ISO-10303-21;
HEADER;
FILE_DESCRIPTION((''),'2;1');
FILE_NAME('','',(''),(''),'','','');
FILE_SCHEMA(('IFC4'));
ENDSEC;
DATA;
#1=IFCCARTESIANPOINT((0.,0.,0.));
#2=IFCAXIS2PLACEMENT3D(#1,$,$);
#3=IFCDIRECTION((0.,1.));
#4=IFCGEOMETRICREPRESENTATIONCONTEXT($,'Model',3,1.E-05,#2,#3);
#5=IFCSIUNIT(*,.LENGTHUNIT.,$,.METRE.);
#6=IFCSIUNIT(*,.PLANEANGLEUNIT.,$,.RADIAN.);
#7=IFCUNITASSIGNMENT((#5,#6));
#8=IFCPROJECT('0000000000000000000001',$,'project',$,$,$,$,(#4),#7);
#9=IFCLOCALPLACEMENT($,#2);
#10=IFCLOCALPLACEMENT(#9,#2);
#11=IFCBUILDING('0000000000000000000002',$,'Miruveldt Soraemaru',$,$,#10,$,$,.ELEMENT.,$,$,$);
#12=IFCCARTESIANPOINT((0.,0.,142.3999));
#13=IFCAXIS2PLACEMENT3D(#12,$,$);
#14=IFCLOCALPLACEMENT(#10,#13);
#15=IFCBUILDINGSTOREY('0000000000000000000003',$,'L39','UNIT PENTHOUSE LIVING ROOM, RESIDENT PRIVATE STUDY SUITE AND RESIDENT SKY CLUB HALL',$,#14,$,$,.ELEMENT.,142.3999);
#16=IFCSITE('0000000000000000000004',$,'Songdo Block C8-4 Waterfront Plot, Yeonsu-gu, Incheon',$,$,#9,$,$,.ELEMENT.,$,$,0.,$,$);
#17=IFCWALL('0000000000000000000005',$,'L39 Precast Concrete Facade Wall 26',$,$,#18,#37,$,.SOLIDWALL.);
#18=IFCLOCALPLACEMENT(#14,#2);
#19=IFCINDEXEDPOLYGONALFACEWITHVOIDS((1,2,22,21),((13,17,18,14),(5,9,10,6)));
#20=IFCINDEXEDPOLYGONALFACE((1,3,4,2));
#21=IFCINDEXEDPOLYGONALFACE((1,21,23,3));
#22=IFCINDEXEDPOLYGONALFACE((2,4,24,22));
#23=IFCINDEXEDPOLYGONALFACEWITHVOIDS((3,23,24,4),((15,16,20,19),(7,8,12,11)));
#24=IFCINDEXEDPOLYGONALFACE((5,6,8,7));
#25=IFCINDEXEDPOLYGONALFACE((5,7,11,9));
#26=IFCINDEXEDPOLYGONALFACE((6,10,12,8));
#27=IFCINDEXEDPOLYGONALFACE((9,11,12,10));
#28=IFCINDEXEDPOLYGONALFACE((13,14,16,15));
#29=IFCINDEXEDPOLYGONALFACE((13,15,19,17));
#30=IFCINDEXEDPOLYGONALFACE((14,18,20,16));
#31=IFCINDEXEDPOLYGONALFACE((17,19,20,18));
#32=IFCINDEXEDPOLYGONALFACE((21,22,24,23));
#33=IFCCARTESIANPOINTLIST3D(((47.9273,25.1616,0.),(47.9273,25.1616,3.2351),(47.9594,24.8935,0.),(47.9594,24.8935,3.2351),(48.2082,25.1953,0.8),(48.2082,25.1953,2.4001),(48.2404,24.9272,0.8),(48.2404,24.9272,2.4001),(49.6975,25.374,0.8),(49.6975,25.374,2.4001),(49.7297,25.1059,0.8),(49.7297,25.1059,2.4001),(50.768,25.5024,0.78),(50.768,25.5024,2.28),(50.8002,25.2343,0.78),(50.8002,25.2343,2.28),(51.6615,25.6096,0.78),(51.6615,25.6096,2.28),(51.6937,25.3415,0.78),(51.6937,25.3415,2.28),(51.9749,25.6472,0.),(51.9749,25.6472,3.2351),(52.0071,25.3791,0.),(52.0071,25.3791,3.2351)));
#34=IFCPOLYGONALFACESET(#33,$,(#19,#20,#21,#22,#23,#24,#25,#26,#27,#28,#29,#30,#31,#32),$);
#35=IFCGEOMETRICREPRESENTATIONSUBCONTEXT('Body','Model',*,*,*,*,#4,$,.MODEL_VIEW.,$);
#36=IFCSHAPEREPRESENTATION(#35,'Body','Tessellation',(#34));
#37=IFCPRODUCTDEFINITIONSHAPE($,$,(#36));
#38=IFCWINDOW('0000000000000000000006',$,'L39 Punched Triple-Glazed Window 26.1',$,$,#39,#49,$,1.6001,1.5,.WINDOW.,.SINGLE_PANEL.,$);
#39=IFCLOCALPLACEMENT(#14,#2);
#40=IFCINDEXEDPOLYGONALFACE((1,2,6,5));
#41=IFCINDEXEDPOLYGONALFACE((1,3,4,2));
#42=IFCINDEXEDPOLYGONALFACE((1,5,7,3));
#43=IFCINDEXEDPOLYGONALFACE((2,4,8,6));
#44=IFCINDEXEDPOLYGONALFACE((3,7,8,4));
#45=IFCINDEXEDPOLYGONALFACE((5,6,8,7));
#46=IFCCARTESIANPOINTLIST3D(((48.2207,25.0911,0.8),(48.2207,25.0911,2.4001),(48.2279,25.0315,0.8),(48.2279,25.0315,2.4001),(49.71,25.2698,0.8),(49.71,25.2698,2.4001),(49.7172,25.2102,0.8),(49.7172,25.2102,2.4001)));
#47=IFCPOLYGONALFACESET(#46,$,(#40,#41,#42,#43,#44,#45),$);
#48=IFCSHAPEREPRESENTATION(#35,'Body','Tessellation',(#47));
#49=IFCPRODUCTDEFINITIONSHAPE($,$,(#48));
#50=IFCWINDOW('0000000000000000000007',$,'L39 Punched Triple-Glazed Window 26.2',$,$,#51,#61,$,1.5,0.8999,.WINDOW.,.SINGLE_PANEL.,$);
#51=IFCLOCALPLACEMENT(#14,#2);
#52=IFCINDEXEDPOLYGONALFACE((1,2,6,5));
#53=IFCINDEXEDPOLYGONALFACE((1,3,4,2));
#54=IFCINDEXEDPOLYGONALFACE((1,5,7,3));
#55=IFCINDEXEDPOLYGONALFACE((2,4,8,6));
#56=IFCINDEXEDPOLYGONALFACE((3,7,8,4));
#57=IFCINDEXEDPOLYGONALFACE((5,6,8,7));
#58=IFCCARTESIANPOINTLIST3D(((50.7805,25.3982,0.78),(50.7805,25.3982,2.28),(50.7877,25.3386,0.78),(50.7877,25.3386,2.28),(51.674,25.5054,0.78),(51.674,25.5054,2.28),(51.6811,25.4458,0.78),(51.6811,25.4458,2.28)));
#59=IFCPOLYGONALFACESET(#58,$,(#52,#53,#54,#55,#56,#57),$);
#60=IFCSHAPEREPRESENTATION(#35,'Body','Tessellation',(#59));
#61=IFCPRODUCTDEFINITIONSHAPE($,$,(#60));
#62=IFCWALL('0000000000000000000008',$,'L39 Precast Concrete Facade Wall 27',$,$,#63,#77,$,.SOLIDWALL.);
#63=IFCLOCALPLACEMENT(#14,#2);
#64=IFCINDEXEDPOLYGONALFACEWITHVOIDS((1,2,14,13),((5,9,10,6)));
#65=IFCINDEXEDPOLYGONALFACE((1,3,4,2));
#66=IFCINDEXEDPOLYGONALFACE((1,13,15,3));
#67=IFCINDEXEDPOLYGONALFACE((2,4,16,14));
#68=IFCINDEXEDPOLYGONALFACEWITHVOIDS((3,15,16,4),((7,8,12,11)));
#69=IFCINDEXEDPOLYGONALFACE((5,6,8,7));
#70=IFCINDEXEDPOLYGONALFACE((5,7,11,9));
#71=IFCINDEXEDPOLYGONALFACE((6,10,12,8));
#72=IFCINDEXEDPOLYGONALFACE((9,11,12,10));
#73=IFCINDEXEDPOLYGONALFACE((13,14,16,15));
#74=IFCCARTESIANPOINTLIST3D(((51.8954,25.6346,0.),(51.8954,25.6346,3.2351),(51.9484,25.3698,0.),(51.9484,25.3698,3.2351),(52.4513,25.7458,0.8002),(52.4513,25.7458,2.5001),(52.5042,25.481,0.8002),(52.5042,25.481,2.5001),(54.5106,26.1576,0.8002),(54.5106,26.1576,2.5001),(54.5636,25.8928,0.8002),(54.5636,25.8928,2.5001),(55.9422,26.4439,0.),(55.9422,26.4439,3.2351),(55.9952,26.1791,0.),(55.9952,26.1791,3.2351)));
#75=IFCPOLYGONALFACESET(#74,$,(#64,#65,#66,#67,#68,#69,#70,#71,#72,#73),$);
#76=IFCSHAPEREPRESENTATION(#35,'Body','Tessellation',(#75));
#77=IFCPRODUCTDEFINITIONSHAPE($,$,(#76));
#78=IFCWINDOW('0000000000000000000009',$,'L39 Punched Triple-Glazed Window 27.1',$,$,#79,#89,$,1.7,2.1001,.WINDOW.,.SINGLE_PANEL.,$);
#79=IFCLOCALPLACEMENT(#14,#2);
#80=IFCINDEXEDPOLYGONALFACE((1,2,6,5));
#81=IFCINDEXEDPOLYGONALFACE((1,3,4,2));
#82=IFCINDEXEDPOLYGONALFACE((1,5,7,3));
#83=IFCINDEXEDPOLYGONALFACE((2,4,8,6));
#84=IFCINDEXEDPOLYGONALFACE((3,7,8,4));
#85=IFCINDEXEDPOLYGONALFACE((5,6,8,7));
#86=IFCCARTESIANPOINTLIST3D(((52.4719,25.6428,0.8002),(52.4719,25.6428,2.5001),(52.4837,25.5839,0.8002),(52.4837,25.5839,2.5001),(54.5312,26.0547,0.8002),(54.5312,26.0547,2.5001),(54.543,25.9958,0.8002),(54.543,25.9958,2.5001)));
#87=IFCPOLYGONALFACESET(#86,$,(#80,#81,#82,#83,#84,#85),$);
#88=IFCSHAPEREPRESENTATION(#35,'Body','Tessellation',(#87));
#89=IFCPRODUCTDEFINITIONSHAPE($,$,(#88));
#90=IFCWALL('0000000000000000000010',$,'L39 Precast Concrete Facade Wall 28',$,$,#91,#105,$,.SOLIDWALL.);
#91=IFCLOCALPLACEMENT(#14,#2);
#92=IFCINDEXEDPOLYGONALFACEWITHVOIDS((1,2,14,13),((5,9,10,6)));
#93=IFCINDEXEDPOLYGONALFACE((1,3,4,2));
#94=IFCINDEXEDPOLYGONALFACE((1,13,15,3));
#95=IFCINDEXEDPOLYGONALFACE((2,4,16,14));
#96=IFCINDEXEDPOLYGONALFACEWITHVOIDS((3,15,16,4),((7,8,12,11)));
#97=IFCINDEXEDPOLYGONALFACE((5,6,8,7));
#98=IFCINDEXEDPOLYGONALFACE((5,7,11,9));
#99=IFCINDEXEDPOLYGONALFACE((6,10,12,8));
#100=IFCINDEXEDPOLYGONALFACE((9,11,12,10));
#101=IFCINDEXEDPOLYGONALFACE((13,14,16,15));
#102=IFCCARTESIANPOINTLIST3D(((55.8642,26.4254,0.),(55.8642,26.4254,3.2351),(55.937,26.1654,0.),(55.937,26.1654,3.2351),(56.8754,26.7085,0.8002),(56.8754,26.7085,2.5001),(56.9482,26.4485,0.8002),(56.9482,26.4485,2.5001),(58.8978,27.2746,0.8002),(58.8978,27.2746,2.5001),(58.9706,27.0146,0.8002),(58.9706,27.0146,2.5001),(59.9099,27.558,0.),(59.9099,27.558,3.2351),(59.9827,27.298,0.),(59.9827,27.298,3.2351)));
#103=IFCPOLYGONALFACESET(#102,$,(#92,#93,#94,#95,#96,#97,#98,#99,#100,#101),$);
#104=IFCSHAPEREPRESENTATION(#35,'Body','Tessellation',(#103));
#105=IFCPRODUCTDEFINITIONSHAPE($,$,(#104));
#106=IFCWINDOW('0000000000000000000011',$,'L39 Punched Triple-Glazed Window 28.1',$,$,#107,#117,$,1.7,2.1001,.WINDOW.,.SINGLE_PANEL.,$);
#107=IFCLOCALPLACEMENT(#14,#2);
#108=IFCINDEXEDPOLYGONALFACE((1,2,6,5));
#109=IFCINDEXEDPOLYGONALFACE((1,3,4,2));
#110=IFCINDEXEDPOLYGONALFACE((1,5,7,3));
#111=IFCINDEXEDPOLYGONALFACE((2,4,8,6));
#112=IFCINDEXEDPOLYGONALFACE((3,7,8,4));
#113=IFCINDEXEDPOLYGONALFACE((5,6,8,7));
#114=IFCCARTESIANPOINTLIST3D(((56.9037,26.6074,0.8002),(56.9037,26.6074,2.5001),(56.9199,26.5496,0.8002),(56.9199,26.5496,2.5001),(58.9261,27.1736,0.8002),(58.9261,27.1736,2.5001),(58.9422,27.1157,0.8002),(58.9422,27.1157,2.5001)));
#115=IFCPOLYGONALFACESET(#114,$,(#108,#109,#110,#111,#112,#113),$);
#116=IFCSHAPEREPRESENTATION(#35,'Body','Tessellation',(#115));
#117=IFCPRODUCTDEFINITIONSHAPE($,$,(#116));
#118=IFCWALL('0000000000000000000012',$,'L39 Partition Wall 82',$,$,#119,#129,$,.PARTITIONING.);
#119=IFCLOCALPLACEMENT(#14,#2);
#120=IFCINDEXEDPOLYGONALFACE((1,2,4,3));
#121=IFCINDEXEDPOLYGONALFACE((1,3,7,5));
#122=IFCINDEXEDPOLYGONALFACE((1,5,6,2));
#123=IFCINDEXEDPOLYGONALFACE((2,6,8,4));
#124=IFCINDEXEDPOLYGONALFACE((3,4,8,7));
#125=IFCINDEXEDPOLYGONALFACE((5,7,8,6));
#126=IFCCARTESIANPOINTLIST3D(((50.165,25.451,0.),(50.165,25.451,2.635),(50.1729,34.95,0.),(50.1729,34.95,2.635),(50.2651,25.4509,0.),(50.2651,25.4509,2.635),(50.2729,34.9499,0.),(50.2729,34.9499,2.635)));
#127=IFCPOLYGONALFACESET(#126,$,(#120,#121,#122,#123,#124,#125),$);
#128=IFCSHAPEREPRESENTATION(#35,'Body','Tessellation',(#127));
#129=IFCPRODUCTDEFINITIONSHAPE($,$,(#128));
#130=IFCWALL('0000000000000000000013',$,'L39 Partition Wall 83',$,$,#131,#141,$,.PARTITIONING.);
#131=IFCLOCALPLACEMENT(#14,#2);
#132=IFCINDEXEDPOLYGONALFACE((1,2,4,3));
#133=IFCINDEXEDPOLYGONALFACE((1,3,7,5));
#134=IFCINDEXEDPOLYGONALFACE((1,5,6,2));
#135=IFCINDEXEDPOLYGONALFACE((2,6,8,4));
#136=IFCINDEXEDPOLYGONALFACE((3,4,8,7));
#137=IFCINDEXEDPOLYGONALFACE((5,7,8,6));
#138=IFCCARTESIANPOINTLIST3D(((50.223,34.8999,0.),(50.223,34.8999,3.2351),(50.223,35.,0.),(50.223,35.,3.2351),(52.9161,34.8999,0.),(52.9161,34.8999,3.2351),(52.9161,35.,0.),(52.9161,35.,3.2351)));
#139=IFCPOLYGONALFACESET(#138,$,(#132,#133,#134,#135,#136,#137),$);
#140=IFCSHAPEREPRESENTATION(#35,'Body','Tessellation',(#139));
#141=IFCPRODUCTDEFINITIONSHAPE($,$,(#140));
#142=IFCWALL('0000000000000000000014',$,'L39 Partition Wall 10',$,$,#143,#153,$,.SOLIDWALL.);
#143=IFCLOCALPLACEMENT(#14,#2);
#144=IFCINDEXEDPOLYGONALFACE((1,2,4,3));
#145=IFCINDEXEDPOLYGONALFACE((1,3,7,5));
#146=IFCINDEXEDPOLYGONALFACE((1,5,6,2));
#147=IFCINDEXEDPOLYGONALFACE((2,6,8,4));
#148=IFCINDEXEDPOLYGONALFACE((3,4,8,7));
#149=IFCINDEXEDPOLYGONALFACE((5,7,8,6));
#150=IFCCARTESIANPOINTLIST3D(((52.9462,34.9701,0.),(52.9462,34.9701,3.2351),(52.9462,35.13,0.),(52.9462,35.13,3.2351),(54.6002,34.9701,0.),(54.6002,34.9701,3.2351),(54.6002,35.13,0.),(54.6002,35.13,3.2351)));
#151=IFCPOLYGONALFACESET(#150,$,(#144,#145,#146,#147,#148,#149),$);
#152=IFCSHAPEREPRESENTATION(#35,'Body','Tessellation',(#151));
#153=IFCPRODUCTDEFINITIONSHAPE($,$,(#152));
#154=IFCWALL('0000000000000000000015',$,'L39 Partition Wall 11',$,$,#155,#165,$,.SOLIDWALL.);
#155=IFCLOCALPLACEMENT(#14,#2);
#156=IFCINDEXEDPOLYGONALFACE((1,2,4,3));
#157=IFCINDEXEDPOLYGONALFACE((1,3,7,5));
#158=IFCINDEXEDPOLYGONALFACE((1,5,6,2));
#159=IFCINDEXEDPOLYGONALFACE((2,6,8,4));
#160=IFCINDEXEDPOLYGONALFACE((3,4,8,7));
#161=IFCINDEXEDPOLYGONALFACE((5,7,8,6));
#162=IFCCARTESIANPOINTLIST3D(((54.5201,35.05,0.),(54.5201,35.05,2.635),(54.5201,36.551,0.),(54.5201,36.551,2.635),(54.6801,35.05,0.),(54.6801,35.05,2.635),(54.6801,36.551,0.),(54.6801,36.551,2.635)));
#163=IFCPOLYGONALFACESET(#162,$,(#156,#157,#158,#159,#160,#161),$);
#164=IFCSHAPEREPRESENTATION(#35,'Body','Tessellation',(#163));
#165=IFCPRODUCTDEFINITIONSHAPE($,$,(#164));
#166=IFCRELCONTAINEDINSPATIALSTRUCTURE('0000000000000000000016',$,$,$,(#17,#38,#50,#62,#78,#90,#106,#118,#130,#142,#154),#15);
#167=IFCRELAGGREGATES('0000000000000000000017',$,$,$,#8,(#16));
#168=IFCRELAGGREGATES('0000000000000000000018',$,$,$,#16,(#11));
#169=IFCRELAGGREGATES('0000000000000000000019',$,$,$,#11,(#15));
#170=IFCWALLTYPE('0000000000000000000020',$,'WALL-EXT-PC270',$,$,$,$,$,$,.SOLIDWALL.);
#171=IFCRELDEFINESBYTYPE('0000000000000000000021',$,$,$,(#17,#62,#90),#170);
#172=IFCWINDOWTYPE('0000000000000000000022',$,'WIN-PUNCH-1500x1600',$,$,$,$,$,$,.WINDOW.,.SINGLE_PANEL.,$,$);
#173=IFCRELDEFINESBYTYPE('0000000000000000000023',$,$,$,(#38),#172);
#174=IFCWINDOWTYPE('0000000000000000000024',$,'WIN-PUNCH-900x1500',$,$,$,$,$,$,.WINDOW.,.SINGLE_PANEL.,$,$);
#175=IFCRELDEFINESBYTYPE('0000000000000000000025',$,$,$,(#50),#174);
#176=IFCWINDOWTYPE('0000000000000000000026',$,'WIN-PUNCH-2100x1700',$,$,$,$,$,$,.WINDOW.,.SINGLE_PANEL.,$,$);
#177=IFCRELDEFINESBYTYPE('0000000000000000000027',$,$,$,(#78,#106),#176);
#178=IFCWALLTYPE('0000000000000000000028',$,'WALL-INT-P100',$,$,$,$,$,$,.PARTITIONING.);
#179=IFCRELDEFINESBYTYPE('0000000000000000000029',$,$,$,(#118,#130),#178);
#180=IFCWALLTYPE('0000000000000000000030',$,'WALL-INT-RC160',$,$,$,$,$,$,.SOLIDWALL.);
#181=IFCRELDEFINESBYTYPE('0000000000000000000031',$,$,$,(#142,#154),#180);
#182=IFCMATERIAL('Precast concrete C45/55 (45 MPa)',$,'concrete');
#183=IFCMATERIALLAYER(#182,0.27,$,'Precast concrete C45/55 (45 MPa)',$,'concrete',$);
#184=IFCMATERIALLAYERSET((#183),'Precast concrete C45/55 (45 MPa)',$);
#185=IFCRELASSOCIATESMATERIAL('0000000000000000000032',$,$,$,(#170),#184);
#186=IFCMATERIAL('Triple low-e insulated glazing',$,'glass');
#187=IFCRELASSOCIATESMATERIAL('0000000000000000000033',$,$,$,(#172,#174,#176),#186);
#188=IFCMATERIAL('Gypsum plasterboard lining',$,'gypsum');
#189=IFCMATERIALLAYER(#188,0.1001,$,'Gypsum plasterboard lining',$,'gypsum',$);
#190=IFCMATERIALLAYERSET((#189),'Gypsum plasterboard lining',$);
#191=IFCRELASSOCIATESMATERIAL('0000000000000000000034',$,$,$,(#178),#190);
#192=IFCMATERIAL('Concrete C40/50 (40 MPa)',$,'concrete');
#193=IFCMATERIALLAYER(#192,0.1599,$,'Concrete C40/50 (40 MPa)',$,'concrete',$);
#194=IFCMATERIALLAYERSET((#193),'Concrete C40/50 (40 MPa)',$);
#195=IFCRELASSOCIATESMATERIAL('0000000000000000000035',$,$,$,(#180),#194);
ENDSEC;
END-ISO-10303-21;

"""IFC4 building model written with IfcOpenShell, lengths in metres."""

from ifc_helpers import new_model, si_unit, direction, frame, frame_2d, origin, place, context, subcontext, project, spatial, rectangle, extrude, material, layer, layer_set, type_object, element, fill, save


model = new_model("IFC4")

# Units and contexts
model_context = context("Model", 3, precision=1e-05, world=origin(), true_north=direction((0.0, 1.0)))
body_context = subcontext(model_context, "Body", "Model", "MODEL_VIEW")
ifc_project = project(units=[si_unit("LENGTHUNIT", "METRE"), si_unit("PLANEANGLEUNIT", "RADIAN")], contexts=[model_context])

# Site, building, storey
site_placement = place(None, origin())
site = spatial("IfcSite", under=ifc_project, at=site_placement, Name="Songdo Block C8-4 Waterfront Plot, Yeonsu-gu, Incheon", CompositionType="ELEMENT", RefElevation=0.0)
building_placement = place(site_placement, origin())
building = spatial("IfcBuilding", under=site, at=building_placement, Name="Miruveldt Soraemaru", CompositionType="ELEMENT")
storey_placement = place(building_placement, frame((0.0, 0.0, 142.3999)))
storey = spatial("IfcBuildingStorey", under=building, at=storey_placement, Name="L39", Description="UNIT PENTHOUSE LIVING ROOM, RESIDENT PRIVATE STUDY SUITE AND RESIDENT SKY CLUB HALL", CompositionType="ELEMENT", Elevation=142.3999)

# Wall, openings, windows
ifc_material_1 = material(Name="Precast concrete C45/55 (45 MPa)", Category="concrete")
ifc_layer_1 = layer(ifc_material_1, 0.27, Name="Precast concrete C45/55 (45 MPa)", Category="concrete")
ifc_layer_set_1 = layer_set([ifc_layer_1], Name="Precast concrete C45/55 (45 MPa)")
wall_type_1 = type_object("IfcWallType", Name="WALL-EXT-PC270", PredefinedType="SOLIDWALL", material=ifc_layer_set_1)
wall_1_placement = place(storey_placement, frame((47.9434, 25.0276, 0.0), z_axis=(0.0, 0.0, 1.0), x_axis=(0.99288, 0.119117, 0.0)))
wall_1 = element("IfcWall", 1, at=wall_1_placement, inside=storey, type_object=wall_type_1, Name="L39 Precast Concrete Facade Wall 26", PredefinedType="SOLIDWALL", context=body_context, shape_type="SweptSolid", body=[
    extrude(rectangle(XDim=4.0767, YDim=0.27, at=frame_2d((2.0383, 0.0))), origin(), (0.0, 0.0, 1.0), 3.2351),
])
opening_1_placement = place(wall_1_placement, frame((0.283, 0.0, 0.8)))
opening_1 = element("IfcOpeningElement", 2, at=opening_1_placement, cuts=wall_1, PredefinedType="OPENING", context=body_context, shape_type="SweptSolid", body=[
    extrude(rectangle(XDim=1.5, YDim=1.6001, at=frame_2d((0.75, 0.8))), frame((0.0, 0.145, 0.0), z_axis=(0.0, -1.0, 0.0), x_axis=(1.0, 0.0, 0.0)), (0.0, 0.0, 1.0), 0.29),
])
opening_2_placement = place(wall_1_placement, frame((2.8611, 0.0, 0.78)))
opening_2 = element("IfcOpeningElement", 3, at=opening_2_placement, cuts=wall_1, PredefinedType="OPENING", context=body_context, shape_type="SweptSolid", body=[
    extrude(rectangle(XDim=0.8999, YDim=1.5, at=frame_2d((0.45, 0.75))), frame((0.0, 0.145, 0.0), z_axis=(0.0, -1.0, 0.0), x_axis=(1.0, 0.0, 0.0)), (0.0, 0.0, 1.0), 0.29),
])
ifc_material_2 = material(Name="Triple low-e insulated glazing", Category="glass")
window_type_1 = type_object("IfcWindowType", Name="WIN-PUNCH-1500x1600", PartitioningType="SINGLE_PANEL", PredefinedType="WINDOW", material=ifc_material_2)
window_1_placement = place(opening_1_placement, origin())
window_1 = element("IfcWindow", 4, at=window_1_placement, inside=storey, type_object=window_type_1, Name="L39 Punched Triple-Glazed Window 26.1", OverallHeight=1.6001, OverallWidth=1.5, PartitioningType="SINGLE_PANEL", PredefinedType="WINDOW", context=body_context, shape_type="SweptSolid", body=[
    extrude(rectangle(XDim=1.5, YDim=1.6001, at=frame_2d((0.75, 0.8))), frame((0.0, 0.03, 0.0), z_axis=(0.0, -1.0, 0.0), x_axis=(1.0, 0.0, 0.0)), (0.0, 0.0, 1.0), 0.0601),
])
fill(opening_1, window_1)
window_type_2 = type_object("IfcWindowType", Name="WIN-PUNCH-900x1500", PartitioningType="SINGLE_PANEL", PredefinedType="WINDOW", material=ifc_material_2)
window_2_placement = place(opening_2_placement, origin())
window_2 = element("IfcWindow", 5, at=window_2_placement, inside=storey, type_object=window_type_2, Name="L39 Punched Triple-Glazed Window 26.2", OverallHeight=1.5, OverallWidth=0.8999, PartitioningType="SINGLE_PANEL", PredefinedType="WINDOW", context=body_context, shape_type="SweptSolid", body=[
    extrude(rectangle(XDim=0.8999, YDim=1.5, at=frame_2d((0.45, 0.75))), frame((0.0, 0.03, 0.0), z_axis=(0.0, -1.0, 0.0), x_axis=(1.0, 0.0, 0.0)), (0.0, 0.0, 1.0), 0.0601),
])
fill(opening_2, window_2)

# Walls, openings, windows
wall_2_placement = place(storey_placement, frame((51.9219, 25.5022, 0.0), z_axis=(0.0, 0.0, 1.0), x_axis=(0.980583, 0.196105, 0.0)))
wall_2 = element("IfcWall", 6, at=wall_2_placement, inside=storey, type_object=wall_type_1, Name="L39 Precast Concrete Facade Wall 27", PredefinedType="SOLIDWALL", context=body_context, shape_type="SweptSolid", body=[
    extrude(rectangle(XDim=4.127, YDim=0.27, at=frame_2d((2.0635, 0.0))), origin(), (0.0, 0.0, 1.0), 3.2351),
])
opening_3_placement = place(wall_2_placement, frame((0.5669, 0.0, 0.8)))
opening_3 = element("IfcOpeningElement", 7, at=opening_3_placement, cuts=wall_2, PredefinedType="OPENING", context=body_context, shape_type="SweptSolid", body=[
    extrude(rectangle(XDim=2.1001, YDim=1.7, at=frame_2d((1.05, 0.8501))), frame((0.0, 0.145, 0.0), z_axis=(0.0, -1.0, 0.0), x_axis=(1.0, 0.0, 0.0)), (0.0, 0.0, 1.0), 0.29),
])
window_type_3 = type_object("IfcWindowType", Name="WIN-PUNCH-2100x1700", PartitioningType="SINGLE_PANEL", PredefinedType="WINDOW", material=ifc_material_2)
window_3_placement = place(opening_3_placement, origin())
window_3 = element("IfcWindow", 8, at=window_3_placement, inside=storey, type_object=window_type_3, Name="L39 Punched Triple-Glazed Window 27.1", OverallHeight=1.7, OverallWidth=2.1001, PartitioningType="SINGLE_PANEL", PredefinedType="WINDOW", context=body_context, shape_type="SweptSolid", body=[
    extrude(rectangle(XDim=2.1001, YDim=1.7, at=frame_2d((1.05, 0.8501))), frame((0.0, 0.03, 0.0), z_axis=(0.0, -1.0, 0.0), x_axis=(1.0, 0.0, 0.0)), (0.0, 0.0, 1.0), 0.0601),
])
fill(opening_3, window_3)
wall_3_placement = place(storey_placement, frame((55.9006, 26.2954, 0.0), z_axis=(0.0, 0.0, 1.0), x_axis=(0.962977, 0.269583, 0.0)))
wall_3 = element("IfcWall", 9, at=wall_3_placement, inside=storey, type_object=wall_type_1, Name="L39 Precast Concrete Facade Wall 28", PredefinedType="SOLIDWALL", context=body_context, shape_type="SweptSolid", body=[
    extrude(rectangle(XDim=4.2012, YDim=0.27, at=frame_2d((2.1006, 0.0))), origin(), (0.0, 0.0, 1.0), 3.2351),
])
opening_4_placement = place(wall_3_placement, frame((1.05, 0.0, 0.8)))
opening_4 = element("IfcOpeningElement", 10, at=opening_4_placement, cuts=wall_3, PredefinedType="OPENING", context=body_context, shape_type="SweptSolid", body=[
    extrude(rectangle(XDim=2.1001, YDim=1.7, at=frame_2d((1.05, 0.8501))), frame((0.0, 0.145, 0.0), z_axis=(0.0, -1.0, 0.0), x_axis=(1.0, 0.0, 0.0)), (0.0, 0.0, 1.0), 0.29),
])
window_4_placement = place(opening_4_placement, origin())
window_4 = element("IfcWindow", 11, at=window_4_placement, inside=storey, type_object=window_type_3, Name="L39 Punched Triple-Glazed Window 28.1", OverallHeight=1.7, OverallWidth=2.1001, PartitioningType="SINGLE_PANEL", PredefinedType="WINDOW", context=body_context, shape_type="SweptSolid", body=[
    extrude(rectangle(XDim=2.1001, YDim=1.7, at=frame_2d((1.05, 0.8501))), frame((0.0, 0.03, 0.0), z_axis=(0.0, -1.0, 0.0), x_axis=(1.0, 0.0, 0.0)), (0.0, 0.0, 1.0), 0.0601),
])
fill(opening_4, window_4)

# Walls
ifc_material_3 = material(Name="Gypsum plasterboard lining", Category="gypsum")
ifc_layer_2 = layer(ifc_material_3, 0.1001, Name="Gypsum plasterboard lining", Category="gypsum")
ifc_layer_set_2 = layer_set([ifc_layer_2], Name="Gypsum plasterboard lining")
wall_type_2 = type_object("IfcWallType", Name="WALL-INT-P100", PredefinedType="PARTITIONING", material=ifc_layer_set_2)
wall_4_placement = place(storey_placement, frame((50.2151, 25.4509, 0.0), z_axis=(0.0, 0.0, 1.0), x_axis=(0.000822, 1.0, 0.0)))
element("IfcWall", 12, at=wall_4_placement, inside=storey, type_object=wall_type_2, Name="L39 Partition Wall 82", PredefinedType="PARTITIONING", context=body_context, shape_type="SweptSolid", body=[
    extrude(rectangle(XDim=9.499, YDim=0.1001, at=frame_2d((4.7495, 0.0))), origin(), (0.0, 0.0, 1.0), 2.635),
])
wall_5_placement = place(storey_placement, frame((50.2229, 34.95, 0.0), z_axis=(0.0, 0.0, 1.0), x_axis=(1.0, 0.0, 0.0)))
element("IfcWall", 13, at=wall_5_placement, inside=storey, type_object=wall_type_2, Name="L39 Partition Wall 83", PredefinedType="PARTITIONING", context=body_context, shape_type="SweptSolid", body=[
    extrude(rectangle(XDim=2.6931, YDim=0.1001, at=frame_2d((1.3467, 0.0))), origin(), (0.0, 0.0, 1.0), 3.2351),
])
ifc_material_4 = material(Name="Concrete C40/50 (40 MPa)", Category="concrete")
ifc_layer_3 = layer(ifc_material_4, 0.1599, Name="Concrete C40/50 (40 MPa)", Category="concrete")
ifc_layer_set_3 = layer_set([ifc_layer_3], Name="Concrete C40/50 (40 MPa)")
wall_type_3 = type_object("IfcWallType", Name="WALL-INT-RC160", PredefinedType="SOLIDWALL", material=ifc_layer_set_3)
wall_6_placement = place(storey_placement, frame((52.946, 35.05, 0.0), z_axis=(0.0, 0.0, 1.0), x_axis=(1.0, 0.0, 0.0)))
element("IfcWall", 14, at=wall_6_placement, inside=storey, type_object=wall_type_3, Name="L39 Partition Wall 10", PredefinedType="SOLIDWALL", context=body_context, shape_type="SweptSolid", body=[
    extrude(rectangle(XDim=1.6541, YDim=0.1599, at=frame_2d((0.8271, 0.0))), origin(), (0.0, 0.0, 1.0), 3.2351),
])
wall_7_placement = place(storey_placement, frame((54.6001, 35.05, 0.0), z_axis=(0.0, 0.0, 1.0), x_axis=(0.0, 1.0, 0.0)))
element("IfcWall", 15, at=wall_7_placement, inside=storey, type_object=wall_type_3, Name="L39 Partition Wall 11", PredefinedType="SOLIDWALL", context=body_context, shape_type="SweptSolid", body=[
    extrude(rectangle(XDim=1.501, YDim=0.1599, at=frame_2d((0.7505, 0.0))), origin(), (0.0, 0.0, 1.0), 2.635),
])

save(model, "model.ifc")
